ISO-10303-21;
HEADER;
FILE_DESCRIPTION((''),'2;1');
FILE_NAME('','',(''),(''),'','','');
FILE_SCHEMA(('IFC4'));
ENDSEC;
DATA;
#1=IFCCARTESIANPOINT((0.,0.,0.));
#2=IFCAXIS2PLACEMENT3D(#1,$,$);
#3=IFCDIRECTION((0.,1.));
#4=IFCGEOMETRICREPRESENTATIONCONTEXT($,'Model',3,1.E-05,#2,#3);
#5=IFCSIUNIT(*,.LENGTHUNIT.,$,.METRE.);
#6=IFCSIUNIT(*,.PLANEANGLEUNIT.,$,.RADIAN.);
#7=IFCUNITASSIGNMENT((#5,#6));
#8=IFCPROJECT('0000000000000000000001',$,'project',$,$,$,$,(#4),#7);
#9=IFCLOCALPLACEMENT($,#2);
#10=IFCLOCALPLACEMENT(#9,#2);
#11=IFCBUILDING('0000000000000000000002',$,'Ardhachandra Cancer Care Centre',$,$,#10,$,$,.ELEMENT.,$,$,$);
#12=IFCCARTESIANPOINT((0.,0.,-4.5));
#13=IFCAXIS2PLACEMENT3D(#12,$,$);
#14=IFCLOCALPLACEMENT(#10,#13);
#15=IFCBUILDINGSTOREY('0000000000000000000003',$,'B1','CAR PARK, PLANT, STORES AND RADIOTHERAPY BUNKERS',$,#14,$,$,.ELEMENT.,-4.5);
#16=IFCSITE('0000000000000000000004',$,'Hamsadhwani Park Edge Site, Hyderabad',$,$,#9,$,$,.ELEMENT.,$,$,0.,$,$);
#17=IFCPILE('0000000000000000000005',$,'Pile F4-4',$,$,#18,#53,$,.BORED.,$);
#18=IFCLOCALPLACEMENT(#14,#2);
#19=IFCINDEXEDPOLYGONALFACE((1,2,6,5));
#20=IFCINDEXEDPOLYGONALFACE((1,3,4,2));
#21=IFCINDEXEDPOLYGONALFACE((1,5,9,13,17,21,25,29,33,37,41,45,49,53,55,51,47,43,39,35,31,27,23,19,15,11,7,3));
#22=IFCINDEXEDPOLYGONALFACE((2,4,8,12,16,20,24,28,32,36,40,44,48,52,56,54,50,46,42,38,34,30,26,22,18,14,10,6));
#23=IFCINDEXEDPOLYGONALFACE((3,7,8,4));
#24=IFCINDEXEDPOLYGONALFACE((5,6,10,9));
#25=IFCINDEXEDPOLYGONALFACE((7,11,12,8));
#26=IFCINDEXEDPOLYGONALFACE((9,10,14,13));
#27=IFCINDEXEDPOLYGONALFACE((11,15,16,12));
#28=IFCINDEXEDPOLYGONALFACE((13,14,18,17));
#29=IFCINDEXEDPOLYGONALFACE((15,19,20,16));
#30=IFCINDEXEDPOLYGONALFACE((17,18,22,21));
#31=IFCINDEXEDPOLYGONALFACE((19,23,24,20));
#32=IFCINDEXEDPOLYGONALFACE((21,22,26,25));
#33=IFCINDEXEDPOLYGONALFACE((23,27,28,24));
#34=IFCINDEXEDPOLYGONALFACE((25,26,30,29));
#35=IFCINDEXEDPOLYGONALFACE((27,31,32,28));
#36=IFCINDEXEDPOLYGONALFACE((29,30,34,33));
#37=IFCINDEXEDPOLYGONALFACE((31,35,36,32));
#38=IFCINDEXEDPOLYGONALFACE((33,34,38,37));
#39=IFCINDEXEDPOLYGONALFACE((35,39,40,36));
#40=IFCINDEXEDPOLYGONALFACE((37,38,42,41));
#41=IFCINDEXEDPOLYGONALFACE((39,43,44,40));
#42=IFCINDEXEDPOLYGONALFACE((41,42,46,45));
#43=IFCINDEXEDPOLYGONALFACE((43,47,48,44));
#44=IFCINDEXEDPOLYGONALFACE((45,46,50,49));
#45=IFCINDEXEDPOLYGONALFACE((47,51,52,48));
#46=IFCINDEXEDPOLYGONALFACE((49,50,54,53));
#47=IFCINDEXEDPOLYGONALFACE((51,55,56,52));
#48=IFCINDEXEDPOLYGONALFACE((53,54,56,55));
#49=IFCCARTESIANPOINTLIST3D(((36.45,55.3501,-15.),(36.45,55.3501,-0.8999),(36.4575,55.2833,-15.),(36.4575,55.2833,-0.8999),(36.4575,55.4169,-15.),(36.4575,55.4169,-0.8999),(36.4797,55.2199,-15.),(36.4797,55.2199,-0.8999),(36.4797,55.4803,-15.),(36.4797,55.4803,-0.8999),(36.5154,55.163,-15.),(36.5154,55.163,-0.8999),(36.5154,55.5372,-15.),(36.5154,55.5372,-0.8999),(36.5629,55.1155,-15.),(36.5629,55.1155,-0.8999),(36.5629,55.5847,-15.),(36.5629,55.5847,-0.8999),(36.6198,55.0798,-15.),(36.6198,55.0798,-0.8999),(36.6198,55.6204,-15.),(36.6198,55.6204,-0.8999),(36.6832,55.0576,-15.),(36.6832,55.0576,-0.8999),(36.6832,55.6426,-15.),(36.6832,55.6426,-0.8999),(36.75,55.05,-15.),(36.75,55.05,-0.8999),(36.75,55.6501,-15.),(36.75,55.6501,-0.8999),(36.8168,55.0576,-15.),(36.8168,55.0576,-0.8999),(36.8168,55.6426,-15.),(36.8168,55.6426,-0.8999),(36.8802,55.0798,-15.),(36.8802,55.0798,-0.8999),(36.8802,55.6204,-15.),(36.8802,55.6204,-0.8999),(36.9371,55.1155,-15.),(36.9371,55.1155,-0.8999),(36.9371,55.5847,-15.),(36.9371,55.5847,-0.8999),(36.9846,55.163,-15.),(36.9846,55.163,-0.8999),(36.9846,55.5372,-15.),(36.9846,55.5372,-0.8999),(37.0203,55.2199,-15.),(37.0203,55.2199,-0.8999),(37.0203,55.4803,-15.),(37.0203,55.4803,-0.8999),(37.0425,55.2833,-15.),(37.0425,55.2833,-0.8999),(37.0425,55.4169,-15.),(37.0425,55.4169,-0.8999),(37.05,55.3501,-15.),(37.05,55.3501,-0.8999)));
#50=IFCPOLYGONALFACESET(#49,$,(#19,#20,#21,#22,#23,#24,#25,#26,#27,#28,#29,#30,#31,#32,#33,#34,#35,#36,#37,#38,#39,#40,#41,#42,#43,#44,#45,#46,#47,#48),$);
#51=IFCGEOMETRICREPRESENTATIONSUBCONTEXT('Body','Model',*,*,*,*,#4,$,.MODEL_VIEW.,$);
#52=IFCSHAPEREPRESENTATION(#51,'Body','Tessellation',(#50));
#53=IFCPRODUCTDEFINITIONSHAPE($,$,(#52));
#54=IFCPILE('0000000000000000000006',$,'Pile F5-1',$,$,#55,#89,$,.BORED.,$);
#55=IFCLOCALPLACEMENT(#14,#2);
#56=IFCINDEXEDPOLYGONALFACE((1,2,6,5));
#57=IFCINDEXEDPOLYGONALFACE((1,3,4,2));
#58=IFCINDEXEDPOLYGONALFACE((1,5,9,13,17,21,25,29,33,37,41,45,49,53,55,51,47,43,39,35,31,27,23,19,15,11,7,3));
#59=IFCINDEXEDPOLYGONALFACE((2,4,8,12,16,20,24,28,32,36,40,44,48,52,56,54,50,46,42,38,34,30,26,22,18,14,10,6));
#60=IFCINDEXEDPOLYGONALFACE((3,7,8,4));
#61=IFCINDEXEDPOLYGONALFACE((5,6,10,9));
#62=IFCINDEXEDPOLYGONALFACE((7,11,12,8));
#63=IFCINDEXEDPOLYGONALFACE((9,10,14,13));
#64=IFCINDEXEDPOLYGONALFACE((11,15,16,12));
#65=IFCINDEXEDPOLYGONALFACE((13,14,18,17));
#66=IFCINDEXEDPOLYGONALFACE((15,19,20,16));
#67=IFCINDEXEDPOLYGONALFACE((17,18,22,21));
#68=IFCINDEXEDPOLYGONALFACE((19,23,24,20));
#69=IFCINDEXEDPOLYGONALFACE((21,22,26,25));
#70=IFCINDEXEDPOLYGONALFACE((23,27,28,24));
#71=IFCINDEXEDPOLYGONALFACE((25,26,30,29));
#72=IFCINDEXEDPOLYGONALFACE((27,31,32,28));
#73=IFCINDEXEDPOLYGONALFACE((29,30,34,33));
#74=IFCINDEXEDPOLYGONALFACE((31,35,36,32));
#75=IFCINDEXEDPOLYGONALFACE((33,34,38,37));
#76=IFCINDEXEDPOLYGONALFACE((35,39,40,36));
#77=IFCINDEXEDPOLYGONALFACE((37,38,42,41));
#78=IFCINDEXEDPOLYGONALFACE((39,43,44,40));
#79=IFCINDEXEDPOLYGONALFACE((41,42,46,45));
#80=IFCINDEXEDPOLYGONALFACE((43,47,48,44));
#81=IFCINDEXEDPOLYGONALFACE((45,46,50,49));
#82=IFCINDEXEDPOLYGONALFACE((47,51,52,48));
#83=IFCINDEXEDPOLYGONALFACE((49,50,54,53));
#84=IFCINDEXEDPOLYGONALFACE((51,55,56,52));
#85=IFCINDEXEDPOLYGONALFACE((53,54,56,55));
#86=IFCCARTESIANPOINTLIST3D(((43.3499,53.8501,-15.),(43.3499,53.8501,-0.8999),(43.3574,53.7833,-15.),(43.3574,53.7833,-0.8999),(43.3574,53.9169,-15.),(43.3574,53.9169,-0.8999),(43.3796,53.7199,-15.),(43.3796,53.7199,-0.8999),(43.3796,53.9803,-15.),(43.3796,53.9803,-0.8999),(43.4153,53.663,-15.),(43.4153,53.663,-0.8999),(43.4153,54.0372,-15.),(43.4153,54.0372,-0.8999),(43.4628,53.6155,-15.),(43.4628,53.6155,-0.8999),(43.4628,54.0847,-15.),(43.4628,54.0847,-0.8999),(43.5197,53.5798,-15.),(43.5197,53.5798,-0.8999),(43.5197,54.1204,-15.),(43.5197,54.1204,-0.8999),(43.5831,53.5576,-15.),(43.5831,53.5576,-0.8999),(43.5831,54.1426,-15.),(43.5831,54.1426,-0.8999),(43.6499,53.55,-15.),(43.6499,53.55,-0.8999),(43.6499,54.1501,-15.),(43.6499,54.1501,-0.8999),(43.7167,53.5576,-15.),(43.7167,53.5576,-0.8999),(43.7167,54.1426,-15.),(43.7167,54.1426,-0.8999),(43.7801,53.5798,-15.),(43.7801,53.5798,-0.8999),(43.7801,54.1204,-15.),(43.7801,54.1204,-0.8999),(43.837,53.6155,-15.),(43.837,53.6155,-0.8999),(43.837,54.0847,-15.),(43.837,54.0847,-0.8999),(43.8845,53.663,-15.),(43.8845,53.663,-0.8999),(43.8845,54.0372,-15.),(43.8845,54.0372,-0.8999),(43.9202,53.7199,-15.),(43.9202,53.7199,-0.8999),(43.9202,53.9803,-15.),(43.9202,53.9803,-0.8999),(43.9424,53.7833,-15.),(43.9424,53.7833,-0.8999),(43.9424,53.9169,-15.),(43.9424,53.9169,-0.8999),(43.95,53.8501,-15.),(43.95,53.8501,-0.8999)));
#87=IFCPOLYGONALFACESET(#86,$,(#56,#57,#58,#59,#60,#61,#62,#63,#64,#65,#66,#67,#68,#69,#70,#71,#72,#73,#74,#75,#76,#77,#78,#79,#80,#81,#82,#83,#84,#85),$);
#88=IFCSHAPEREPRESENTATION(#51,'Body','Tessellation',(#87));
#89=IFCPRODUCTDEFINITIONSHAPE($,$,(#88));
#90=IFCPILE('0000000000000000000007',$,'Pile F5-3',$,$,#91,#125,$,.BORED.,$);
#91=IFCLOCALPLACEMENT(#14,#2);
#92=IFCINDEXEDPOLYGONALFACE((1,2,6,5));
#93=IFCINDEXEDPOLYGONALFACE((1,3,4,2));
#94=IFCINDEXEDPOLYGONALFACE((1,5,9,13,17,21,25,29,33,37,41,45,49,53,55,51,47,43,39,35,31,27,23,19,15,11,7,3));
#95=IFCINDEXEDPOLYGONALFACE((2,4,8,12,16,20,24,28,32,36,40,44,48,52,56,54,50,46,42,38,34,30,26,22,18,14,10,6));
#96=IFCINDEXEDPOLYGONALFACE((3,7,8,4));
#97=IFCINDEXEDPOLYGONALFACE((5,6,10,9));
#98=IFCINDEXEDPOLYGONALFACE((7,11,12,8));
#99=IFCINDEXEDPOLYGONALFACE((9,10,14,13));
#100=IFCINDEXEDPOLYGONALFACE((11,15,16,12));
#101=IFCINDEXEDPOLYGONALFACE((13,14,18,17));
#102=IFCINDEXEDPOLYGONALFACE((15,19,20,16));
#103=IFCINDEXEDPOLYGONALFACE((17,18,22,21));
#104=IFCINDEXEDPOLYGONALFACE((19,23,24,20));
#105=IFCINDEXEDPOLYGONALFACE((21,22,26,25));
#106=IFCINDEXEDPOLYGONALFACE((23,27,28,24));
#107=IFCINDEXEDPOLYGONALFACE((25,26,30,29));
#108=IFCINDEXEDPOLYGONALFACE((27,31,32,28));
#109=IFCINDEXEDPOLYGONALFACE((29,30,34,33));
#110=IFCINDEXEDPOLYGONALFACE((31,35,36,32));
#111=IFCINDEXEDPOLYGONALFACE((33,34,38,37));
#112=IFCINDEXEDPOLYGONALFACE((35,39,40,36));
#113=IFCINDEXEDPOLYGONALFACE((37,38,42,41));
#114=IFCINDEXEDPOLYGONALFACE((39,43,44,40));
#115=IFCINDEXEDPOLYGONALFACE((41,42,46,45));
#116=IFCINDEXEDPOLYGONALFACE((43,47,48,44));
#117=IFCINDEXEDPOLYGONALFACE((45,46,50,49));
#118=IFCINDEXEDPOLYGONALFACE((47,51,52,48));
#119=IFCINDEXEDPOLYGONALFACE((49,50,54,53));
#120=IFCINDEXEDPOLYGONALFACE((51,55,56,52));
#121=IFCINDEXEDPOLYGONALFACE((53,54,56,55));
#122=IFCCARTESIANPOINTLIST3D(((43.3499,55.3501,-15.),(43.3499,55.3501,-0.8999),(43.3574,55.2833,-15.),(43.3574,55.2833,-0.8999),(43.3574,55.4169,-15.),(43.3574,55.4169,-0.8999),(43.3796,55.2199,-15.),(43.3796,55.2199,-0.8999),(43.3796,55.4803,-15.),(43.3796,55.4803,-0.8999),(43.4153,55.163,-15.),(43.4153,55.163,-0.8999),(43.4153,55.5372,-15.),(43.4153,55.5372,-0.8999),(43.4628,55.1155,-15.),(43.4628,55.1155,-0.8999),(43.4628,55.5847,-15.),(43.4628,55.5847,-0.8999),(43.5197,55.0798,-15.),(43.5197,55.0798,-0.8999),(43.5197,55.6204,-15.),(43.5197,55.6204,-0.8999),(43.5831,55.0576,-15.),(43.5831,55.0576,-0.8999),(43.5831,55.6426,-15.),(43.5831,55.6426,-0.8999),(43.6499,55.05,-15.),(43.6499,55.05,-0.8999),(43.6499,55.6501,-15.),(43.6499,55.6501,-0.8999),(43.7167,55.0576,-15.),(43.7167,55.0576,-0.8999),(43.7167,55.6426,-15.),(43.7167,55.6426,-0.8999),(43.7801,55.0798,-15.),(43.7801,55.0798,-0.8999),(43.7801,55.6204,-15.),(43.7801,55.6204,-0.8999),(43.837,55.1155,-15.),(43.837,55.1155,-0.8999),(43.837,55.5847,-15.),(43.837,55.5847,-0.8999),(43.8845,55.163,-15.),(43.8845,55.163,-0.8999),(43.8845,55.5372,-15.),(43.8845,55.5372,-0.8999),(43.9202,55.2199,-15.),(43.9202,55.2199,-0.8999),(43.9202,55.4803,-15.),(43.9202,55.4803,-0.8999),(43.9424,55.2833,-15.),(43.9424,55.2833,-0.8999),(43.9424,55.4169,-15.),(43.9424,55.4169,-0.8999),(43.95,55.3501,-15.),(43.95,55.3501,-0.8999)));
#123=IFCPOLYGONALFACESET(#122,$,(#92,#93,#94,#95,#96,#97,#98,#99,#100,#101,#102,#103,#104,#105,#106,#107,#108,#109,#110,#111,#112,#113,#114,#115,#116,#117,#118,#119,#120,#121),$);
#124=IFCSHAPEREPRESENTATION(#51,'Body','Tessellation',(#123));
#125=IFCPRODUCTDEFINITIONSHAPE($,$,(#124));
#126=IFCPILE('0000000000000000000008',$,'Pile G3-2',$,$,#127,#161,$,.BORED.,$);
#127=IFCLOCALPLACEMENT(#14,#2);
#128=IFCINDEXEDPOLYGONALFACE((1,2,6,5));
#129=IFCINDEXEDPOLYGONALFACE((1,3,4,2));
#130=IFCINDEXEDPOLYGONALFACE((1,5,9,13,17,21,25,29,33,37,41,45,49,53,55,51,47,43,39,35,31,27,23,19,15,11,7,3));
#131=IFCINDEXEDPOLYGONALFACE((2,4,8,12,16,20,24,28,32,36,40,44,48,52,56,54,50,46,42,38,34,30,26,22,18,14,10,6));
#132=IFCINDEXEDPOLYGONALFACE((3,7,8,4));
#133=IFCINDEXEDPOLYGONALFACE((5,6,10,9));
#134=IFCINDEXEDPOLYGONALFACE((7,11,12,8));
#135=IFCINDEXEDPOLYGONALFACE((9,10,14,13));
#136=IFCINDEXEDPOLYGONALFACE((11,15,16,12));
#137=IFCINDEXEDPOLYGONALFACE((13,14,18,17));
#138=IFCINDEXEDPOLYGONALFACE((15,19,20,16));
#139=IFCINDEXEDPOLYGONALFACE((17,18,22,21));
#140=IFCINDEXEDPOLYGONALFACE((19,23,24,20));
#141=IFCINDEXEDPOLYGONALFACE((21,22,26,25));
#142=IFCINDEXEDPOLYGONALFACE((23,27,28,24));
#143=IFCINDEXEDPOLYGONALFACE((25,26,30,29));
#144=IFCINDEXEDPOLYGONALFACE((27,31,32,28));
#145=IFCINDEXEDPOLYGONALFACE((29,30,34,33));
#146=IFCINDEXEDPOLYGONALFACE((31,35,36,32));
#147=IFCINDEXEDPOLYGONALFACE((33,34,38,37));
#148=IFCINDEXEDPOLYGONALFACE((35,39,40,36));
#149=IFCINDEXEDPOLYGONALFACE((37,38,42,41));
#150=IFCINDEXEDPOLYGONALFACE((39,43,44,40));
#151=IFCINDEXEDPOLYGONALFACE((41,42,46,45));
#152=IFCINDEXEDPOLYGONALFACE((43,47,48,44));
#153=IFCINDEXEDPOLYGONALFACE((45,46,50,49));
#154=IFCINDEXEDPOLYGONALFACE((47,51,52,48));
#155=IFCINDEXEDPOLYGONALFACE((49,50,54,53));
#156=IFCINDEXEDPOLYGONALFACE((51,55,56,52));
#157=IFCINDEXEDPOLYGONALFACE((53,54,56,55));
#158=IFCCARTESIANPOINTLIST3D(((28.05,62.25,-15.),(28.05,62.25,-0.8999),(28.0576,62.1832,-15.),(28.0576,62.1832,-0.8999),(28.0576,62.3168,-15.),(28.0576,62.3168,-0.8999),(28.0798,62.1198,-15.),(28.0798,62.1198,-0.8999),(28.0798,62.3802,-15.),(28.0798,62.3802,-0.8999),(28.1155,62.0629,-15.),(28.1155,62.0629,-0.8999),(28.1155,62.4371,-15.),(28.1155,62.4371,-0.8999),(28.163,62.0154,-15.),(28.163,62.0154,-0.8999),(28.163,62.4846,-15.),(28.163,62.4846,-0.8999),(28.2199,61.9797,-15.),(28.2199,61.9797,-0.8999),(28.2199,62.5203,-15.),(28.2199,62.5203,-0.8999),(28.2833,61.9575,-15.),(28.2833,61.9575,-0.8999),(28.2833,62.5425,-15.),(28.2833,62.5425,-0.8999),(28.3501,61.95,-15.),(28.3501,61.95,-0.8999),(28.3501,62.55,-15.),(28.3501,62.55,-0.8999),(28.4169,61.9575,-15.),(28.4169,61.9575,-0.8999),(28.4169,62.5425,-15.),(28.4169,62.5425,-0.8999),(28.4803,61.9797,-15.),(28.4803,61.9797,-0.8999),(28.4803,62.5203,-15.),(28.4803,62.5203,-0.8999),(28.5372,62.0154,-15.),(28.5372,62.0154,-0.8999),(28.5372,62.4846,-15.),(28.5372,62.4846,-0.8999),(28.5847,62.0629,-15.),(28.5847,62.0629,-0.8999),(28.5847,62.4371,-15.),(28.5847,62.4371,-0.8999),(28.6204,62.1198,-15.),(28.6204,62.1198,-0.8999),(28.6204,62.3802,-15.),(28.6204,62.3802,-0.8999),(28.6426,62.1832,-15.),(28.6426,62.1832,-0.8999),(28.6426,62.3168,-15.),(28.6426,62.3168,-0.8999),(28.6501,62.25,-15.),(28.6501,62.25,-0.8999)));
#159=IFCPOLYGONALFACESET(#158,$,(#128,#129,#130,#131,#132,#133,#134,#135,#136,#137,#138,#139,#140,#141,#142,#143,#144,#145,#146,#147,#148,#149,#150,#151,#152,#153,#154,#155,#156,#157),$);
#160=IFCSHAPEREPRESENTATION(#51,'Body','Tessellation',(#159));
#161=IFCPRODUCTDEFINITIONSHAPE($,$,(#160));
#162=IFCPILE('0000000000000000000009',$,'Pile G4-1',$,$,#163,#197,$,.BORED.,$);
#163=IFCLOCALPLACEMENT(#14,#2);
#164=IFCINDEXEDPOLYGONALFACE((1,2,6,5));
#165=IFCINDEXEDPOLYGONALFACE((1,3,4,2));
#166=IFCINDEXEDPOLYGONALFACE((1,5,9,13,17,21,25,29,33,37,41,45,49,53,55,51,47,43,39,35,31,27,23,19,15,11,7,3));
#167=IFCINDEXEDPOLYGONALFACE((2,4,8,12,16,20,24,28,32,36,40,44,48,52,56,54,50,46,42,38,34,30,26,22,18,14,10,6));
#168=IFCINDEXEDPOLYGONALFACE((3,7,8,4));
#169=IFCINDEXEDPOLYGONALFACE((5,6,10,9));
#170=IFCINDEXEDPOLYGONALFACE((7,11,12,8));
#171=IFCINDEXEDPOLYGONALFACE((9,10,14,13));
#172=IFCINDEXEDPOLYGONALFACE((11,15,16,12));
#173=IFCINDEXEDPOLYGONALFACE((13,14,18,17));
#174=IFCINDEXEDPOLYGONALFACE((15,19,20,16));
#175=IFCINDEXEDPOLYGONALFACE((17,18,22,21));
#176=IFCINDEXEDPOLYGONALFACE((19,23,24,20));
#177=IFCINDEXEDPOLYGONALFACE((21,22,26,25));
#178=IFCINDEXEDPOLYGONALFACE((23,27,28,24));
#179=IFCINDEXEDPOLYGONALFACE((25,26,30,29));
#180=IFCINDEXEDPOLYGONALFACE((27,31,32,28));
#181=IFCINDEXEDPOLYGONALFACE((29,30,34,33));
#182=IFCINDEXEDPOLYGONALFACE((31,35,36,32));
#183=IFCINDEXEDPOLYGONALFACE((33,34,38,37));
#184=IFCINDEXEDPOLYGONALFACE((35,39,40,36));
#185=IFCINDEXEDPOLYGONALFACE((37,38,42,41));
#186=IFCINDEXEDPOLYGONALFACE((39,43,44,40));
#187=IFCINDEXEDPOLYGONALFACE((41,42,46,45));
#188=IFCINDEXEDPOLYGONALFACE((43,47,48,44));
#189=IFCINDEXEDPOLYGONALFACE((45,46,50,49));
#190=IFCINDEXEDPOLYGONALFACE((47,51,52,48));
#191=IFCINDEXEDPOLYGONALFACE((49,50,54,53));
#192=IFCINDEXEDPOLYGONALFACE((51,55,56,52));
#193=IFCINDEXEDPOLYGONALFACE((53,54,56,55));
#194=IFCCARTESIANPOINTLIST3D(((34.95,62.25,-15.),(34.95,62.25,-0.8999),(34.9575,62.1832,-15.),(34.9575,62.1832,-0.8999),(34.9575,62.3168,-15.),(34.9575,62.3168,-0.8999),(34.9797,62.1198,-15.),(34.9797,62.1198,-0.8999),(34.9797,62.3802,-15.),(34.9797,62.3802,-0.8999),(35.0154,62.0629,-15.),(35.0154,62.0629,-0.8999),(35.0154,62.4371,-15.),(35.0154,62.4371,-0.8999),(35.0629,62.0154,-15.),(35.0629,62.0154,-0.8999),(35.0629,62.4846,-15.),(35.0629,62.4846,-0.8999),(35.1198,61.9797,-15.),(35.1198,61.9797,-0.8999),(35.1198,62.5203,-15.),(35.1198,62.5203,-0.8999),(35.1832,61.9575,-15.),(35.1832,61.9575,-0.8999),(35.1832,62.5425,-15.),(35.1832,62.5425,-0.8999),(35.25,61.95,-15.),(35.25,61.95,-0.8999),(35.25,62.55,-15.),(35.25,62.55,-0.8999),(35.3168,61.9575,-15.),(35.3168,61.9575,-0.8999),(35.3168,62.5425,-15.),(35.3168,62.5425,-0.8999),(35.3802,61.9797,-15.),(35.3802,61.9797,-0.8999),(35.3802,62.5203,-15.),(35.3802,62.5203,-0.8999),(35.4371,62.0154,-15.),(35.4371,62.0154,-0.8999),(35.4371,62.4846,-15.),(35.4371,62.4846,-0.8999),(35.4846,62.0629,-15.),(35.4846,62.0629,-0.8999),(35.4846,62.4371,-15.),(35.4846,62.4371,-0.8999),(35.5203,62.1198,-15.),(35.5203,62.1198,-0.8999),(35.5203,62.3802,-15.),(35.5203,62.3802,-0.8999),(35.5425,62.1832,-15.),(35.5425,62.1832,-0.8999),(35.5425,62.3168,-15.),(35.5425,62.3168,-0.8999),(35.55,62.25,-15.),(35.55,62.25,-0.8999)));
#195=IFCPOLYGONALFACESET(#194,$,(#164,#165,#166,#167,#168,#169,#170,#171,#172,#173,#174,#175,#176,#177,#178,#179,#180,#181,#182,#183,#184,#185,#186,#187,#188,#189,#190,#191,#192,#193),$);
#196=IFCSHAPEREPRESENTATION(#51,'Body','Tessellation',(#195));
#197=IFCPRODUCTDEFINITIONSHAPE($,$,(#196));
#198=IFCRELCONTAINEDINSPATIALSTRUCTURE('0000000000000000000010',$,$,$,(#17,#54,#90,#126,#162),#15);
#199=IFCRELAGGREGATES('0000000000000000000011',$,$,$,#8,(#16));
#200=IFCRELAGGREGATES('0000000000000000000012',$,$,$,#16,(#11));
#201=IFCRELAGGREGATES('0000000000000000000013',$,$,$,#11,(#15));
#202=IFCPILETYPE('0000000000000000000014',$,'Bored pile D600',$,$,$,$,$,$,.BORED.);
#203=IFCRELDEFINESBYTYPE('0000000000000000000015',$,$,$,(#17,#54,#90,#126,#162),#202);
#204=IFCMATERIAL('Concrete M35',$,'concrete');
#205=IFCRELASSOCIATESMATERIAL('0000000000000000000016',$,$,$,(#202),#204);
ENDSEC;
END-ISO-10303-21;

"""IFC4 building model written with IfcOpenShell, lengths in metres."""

from ifc_helpers import new_model, si_unit, direction, frame, origin, origin_2d, place, context, subcontext, project, spatial, circle, extrude, material, material_profile, profile_set, type_object, element, save


model = new_model("IFC4")

# Units and contexts
model_context = context("Model", 3, precision=1e-05, world=origin(), true_north=direction((0.0, 1.0)))
body_context = subcontext(model_context, "Body", "Model", "MODEL_VIEW")
ifc_project = project(units=[si_unit("LENGTHUNIT", "METRE"), si_unit("PLANEANGLEUNIT", "RADIAN")], contexts=[model_context])

# Site, building, storey
site_placement = place(None, origin())
site = spatial("IfcSite", under=ifc_project, at=site_placement, Name="Hamsadhwani Park Edge Site, Hyderabad", CompositionType="ELEMENT", RefElevation=0.0)
building_placement = place(site_placement, origin())
building = spatial("IfcBuilding", under=site, at=building_placement, Name="Ardhachandra Cancer Care Centre", CompositionType="ELEMENT")
storey_placement = place(building_placement, frame((0.0, 0.0, -4.5)))
storey = spatial("IfcBuildingStorey", under=building, at=storey_placement, Name="B1", Description="CAR PARK, PLANT, STORES AND RADIOTHERAPY BUNKERS", CompositionType="ELEMENT", Elevation=-4.5)

# Piles
ifc_material_1 = material(Name="Concrete M35", Category="concrete")
ifc_material_profile_1 = material_profile(ifc_material_1, circle(Radius=0.3, at=origin_2d()), Name="D600")
ifc_profile_set_1 = profile_set([ifc_material_profile_1], Name="Concrete M35")
pile_type = type_object("IfcPileType", Name="Bored pile D600", PredefinedType="BORED", material=ifc_profile_set_1)
for number, where, z_axis, x_axis, name in (
    (1, (36.75, 55.3501, -0.8999), (0.0, 0.0, -1.0), (1.0, 0.0, 0.0), "Pile F4-4"),
    (2, (43.6499, 53.8501, -0.8999), (0.0, 0.0, -1.0), (1.0, 0.0, 0.0), "Pile F5-1"),
    (3, (43.6499, 55.3501, -0.8999), (0.0, 0.0, -1.0), (1.0, 0.0, 0.0), "Pile F5-3"),
    (4, (28.3501, 62.25, -0.8999), (0.0, 0.0, -1.0), (1.0, 0.0, 0.0), "Pile G3-2"),
    (5, (35.25, 62.25, -0.8999), (0.0, 0.0, -1.0), (1.0, 0.0, 0.0), "Pile G4-1"),
):
    element("IfcPile", number, at=place(storey_placement, frame(where, z_axis=z_axis, x_axis=x_axis)), inside=storey, type_object=pile_type, Name=name, PredefinedType="BORED", context=body_context, shape_type="SweptSolid", body=[
        extrude(circle(Radius=0.3, at=origin_2d()), origin(), (0.0, 0.0, 1.0), 14.1001),
    ])

save(model, "model.ifc")
